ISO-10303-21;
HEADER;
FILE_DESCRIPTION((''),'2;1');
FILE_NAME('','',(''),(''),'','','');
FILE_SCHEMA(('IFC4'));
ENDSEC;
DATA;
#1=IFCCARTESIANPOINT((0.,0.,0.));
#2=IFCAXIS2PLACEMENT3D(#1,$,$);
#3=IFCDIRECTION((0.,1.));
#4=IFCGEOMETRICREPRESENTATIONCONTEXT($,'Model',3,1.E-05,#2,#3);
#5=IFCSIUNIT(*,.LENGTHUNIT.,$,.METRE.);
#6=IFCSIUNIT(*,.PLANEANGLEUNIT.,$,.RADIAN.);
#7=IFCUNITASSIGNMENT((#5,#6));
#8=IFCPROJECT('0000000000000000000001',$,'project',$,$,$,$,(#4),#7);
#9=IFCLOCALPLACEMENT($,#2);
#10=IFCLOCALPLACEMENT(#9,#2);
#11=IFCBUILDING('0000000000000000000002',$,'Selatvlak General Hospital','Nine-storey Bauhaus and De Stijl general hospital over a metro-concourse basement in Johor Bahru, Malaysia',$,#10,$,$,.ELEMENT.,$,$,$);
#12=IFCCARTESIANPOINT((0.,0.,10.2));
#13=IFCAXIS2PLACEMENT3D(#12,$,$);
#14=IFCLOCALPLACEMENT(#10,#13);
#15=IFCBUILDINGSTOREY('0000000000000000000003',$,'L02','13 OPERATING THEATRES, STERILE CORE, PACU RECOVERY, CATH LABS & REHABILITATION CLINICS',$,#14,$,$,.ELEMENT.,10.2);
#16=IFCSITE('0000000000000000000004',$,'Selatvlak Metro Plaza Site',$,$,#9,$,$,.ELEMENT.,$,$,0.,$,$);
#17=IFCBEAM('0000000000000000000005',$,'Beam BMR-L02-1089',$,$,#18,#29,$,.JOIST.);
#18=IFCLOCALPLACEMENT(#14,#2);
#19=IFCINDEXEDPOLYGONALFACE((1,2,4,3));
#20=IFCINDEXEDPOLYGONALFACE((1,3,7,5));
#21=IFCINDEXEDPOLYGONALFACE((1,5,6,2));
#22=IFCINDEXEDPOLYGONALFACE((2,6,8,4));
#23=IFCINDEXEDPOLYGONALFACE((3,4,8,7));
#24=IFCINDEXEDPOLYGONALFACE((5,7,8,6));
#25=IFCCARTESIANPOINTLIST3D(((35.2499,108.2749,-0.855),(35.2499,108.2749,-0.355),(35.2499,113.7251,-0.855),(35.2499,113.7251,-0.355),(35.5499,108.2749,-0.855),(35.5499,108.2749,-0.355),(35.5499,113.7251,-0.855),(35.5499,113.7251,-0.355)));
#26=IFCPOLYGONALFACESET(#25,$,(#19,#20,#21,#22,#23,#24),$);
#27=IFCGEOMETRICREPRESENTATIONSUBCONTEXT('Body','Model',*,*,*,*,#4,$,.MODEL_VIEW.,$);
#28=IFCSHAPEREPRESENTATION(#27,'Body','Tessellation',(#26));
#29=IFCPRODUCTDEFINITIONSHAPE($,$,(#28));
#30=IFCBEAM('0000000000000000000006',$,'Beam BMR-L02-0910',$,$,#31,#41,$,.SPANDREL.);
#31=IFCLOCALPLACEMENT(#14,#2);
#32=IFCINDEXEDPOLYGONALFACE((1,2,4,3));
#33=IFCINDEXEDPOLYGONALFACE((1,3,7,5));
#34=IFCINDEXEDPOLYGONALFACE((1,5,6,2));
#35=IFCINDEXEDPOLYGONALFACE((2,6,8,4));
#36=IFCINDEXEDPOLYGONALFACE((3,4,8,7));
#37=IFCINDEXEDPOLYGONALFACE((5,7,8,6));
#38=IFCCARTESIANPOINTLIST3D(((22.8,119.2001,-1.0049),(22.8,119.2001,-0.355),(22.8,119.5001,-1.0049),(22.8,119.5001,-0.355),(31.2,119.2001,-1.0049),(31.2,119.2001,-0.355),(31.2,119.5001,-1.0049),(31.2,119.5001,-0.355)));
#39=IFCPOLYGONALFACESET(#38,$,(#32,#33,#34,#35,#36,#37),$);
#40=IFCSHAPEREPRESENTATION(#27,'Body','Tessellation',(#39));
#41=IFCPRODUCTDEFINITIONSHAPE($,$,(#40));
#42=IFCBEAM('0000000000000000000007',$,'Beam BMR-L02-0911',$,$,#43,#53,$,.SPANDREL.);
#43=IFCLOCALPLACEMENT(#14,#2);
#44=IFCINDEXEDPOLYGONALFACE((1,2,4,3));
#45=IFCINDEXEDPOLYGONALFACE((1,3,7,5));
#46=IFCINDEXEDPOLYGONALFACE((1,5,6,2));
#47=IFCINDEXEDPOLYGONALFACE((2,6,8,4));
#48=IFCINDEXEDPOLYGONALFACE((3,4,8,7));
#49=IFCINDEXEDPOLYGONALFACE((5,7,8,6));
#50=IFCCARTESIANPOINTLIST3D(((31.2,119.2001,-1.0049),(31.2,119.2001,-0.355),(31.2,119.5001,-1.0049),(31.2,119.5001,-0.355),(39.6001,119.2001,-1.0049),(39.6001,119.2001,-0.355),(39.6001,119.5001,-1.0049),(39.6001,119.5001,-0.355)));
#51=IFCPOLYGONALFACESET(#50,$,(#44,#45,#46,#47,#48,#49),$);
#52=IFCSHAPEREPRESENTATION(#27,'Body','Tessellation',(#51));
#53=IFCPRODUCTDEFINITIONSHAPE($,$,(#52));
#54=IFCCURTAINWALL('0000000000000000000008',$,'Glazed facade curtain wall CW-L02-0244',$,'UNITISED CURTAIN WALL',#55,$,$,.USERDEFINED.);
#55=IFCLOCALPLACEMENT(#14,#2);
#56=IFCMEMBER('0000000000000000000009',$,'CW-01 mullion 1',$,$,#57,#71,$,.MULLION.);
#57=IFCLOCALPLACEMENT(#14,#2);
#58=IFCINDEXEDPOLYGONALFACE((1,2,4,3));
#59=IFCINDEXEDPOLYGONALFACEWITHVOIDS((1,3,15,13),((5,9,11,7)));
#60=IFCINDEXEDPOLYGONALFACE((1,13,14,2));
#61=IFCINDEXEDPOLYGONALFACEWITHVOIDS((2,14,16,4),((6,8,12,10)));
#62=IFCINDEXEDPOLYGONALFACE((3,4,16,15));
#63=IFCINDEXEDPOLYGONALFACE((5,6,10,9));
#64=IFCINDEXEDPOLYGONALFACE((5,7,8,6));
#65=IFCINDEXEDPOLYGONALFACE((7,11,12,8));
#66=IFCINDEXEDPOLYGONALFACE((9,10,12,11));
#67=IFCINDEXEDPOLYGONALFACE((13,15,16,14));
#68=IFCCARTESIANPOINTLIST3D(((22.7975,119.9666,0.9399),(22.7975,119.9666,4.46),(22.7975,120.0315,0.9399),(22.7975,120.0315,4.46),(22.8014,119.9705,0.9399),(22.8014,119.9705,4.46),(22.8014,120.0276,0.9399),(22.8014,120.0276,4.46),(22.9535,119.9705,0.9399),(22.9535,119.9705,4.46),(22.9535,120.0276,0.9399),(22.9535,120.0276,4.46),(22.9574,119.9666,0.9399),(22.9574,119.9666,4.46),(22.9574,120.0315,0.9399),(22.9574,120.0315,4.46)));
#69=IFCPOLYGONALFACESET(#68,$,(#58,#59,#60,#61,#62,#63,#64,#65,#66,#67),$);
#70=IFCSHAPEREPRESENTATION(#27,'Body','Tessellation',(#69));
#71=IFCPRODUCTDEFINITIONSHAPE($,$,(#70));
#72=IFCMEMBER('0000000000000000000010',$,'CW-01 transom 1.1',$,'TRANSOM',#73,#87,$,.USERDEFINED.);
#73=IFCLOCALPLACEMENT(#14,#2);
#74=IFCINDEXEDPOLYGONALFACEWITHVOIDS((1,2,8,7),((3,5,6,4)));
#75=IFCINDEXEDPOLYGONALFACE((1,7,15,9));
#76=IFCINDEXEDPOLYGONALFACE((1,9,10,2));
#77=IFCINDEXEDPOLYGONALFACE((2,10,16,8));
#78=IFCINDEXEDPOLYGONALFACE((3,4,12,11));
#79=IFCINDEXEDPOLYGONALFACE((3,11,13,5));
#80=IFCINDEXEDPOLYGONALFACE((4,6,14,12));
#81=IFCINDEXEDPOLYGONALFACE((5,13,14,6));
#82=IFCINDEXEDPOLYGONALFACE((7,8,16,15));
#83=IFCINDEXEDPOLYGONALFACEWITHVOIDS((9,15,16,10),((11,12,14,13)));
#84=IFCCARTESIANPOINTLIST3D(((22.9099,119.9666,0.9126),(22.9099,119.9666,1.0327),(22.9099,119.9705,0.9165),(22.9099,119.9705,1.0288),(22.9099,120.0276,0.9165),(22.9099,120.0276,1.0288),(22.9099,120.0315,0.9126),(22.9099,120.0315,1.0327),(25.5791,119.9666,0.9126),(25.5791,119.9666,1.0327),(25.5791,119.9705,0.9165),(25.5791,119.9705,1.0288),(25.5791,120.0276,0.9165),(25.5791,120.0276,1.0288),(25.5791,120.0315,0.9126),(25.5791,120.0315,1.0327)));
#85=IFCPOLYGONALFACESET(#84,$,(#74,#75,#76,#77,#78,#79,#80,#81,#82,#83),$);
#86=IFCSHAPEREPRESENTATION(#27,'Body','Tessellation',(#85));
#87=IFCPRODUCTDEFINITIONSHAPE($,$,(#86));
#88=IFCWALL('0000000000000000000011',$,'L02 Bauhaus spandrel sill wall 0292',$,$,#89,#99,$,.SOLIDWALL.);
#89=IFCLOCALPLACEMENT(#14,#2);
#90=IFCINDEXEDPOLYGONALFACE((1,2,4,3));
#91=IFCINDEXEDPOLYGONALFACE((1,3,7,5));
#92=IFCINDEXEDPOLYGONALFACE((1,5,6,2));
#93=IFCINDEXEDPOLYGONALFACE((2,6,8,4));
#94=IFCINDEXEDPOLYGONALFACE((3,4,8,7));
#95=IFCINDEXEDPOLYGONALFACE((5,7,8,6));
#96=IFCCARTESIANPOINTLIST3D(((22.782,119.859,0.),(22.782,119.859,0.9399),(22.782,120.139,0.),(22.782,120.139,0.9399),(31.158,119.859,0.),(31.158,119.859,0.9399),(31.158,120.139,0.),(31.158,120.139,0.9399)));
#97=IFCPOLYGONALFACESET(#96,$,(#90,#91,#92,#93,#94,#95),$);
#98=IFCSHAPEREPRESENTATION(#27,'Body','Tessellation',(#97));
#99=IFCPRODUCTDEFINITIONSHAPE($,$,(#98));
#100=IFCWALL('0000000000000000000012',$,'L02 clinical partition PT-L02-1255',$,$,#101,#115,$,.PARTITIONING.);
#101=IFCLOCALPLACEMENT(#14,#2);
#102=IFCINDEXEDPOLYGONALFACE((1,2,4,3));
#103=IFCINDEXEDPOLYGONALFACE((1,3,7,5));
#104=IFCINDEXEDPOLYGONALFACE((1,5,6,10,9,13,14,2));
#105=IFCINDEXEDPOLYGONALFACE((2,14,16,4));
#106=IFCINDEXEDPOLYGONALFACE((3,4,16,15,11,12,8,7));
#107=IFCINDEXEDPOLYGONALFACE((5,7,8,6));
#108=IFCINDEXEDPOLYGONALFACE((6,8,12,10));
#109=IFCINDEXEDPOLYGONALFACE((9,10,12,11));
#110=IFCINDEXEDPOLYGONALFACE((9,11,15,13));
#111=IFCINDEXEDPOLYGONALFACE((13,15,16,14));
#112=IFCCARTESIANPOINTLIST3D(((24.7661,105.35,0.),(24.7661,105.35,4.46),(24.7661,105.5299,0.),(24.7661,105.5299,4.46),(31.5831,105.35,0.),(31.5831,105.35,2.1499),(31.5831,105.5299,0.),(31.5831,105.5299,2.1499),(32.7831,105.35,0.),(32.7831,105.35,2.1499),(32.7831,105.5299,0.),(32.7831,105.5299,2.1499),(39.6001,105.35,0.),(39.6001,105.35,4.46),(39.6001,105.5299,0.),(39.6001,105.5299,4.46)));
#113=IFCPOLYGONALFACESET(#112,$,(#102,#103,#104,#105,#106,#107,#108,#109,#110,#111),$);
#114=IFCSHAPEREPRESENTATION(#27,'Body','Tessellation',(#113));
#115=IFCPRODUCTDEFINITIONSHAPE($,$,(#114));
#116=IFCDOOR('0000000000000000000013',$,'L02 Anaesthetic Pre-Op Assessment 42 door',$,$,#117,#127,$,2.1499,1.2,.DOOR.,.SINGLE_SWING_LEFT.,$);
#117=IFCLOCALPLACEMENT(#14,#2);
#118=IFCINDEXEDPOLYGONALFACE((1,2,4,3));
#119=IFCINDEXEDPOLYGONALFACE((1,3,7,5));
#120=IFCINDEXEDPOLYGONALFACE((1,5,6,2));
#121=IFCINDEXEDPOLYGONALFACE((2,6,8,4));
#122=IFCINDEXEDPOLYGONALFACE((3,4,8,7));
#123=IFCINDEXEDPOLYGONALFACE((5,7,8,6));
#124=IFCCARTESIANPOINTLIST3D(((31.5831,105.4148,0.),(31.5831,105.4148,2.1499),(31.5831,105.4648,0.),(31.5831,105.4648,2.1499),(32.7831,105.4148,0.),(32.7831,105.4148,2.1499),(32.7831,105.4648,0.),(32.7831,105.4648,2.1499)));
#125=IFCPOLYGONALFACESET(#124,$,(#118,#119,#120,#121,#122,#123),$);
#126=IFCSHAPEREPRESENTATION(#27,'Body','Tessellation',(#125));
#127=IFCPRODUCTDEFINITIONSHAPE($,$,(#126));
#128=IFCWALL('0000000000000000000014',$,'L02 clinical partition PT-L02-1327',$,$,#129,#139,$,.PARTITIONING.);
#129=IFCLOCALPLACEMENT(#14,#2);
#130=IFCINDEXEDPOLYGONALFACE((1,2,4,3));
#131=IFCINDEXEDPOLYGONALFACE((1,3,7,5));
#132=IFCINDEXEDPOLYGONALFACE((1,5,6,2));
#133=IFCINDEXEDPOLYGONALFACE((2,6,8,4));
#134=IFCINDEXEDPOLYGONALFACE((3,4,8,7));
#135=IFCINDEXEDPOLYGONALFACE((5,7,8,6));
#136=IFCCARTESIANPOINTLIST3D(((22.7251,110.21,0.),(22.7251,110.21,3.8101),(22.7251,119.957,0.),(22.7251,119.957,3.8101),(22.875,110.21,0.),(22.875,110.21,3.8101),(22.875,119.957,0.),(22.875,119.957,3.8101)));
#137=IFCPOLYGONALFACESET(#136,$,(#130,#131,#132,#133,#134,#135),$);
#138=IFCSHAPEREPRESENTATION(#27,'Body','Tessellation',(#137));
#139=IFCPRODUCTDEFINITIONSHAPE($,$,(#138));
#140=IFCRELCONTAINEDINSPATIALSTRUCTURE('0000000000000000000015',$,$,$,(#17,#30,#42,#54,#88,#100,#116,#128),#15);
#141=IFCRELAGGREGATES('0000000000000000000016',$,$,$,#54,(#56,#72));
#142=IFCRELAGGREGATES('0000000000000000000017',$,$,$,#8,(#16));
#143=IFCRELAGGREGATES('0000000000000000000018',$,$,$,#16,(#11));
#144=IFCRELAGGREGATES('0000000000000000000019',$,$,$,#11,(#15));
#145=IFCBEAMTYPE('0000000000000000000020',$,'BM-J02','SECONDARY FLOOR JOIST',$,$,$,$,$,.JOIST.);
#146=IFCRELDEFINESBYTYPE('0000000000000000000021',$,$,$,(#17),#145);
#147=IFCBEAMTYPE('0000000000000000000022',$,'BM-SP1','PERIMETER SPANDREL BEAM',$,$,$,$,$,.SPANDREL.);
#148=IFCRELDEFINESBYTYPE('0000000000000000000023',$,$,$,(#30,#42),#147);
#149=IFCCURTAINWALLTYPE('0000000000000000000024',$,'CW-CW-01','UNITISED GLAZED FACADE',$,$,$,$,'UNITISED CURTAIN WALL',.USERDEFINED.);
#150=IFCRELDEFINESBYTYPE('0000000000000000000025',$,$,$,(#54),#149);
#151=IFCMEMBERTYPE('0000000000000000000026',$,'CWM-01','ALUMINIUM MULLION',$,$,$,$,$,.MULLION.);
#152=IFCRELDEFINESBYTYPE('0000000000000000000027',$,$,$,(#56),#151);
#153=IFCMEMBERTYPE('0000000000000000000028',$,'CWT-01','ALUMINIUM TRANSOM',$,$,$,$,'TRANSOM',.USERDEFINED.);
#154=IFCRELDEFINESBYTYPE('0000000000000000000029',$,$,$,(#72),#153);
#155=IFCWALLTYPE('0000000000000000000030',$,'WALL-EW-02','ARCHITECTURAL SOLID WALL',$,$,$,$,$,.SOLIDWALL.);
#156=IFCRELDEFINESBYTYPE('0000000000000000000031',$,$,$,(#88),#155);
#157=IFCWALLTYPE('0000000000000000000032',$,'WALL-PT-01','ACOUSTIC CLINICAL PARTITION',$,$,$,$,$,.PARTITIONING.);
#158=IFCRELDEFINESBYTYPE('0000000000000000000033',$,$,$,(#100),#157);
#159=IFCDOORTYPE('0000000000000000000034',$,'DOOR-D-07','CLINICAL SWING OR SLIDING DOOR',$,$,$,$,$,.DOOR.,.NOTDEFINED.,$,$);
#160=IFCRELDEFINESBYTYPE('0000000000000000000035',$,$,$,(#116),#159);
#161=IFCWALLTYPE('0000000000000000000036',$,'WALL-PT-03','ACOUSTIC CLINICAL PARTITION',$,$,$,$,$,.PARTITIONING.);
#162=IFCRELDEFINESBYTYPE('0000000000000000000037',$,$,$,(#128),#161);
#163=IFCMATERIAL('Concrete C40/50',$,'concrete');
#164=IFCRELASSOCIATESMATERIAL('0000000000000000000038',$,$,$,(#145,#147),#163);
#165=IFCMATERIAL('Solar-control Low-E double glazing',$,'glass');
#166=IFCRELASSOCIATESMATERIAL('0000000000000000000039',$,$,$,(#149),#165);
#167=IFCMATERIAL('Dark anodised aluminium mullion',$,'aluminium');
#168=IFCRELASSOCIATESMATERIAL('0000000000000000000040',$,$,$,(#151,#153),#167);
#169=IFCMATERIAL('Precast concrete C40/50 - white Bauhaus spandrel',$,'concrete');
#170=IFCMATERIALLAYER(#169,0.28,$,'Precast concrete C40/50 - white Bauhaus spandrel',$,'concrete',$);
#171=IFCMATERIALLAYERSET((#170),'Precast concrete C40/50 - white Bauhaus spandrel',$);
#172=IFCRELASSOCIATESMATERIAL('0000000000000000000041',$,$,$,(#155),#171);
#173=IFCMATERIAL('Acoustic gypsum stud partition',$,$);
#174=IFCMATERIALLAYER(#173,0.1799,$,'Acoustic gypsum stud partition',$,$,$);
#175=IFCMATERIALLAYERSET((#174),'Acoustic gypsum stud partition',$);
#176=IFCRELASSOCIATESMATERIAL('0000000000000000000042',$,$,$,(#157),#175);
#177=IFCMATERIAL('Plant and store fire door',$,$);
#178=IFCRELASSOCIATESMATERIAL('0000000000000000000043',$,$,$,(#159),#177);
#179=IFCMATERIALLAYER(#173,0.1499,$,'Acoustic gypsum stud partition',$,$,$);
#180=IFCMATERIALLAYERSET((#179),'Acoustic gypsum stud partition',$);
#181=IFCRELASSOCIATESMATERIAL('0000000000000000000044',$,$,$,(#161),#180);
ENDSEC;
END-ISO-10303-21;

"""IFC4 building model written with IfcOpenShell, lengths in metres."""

from ifc_helpers import new_model, si_unit, direction, frame, frame_2d, origin, origin_2d, place, context, subcontext, project, spatial, rectangle, hollow_rectangle, extrude, material, layer, layer_set, material_profile, profile_set, type_object, element, fill, aggregate, save


model = new_model("IFC4")

# Units and contexts
model_context = context("Model", 3, precision=1e-05, world=origin(), true_north=direction((0.0, 1.0)))
body_context = subcontext(model_context, "Body", "Model", "MODEL_VIEW")
ifc_project = project(units=[si_unit("LENGTHUNIT", "METRE"), si_unit("PLANEANGLEUNIT", "RADIAN")], contexts=[model_context])

# Site, building, storey
site_placement = place(None, origin())
site = spatial("IfcSite", under=ifc_project, at=site_placement, Name="Selatvlak Metro Plaza Site", CompositionType="ELEMENT", RefElevation=0.0)
building_placement = place(site_placement, origin())
building = spatial("IfcBuilding", under=site, at=building_placement, Name="Selatvlak General Hospital", Description="Nine-storey Bauhaus and De Stijl general hospital over a metro-concourse basement in Johor Bahru, Malaysia", CompositionType="ELEMENT")
storey_placement = place(building_placement, frame((0.0, 0.0, 10.2)))
storey = spatial("IfcBuildingStorey", under=building, at=storey_placement, Name="L02", Description="13 OPERATING THEATRES, STERILE CORE, PACU RECOVERY, CATH LABS & REHABILITATION CLINICS", CompositionType="ELEMENT", Elevation=10.2)

# Shared definitions
ifc_material_1 = material(Name="Concrete C40/50", Category="concrete")

# Beams
ifc_material_profile_1 = material_profile(ifc_material_1, rectangle(XDim=0.3, YDim=0.5, at=origin_2d()), Name="RC-BM 300x500")
ifc_profile_set_1 = profile_set([ifc_material_profile_1], Name="Concrete C40/50")
beam_type_1 = type_object("IfcBeamType", Name="BM-J02", Description="SECONDARY FLOOR JOIST", PredefinedType="JOIST", material=ifc_profile_set_1)
beam_1_placement = place(storey_placement, frame((35.3999, 108.2749, -0.605), z_axis=(0.0, 1.0, 0.0), x_axis=(-1.0, 0.0, 0.0)))
element("IfcBeam", 1, at=beam_1_placement, inside=storey, type_object=beam_type_1, Name="Beam BMR-L02-1089", PredefinedType="JOIST", context=body_context, shape_type="SweptSolid", body=[
    extrude(rectangle(XDim=0.3, YDim=0.5, at=origin_2d()), origin(), (0.0, 0.0, 1.0), 5.4502),
])
ifc_material_profile_2 = material_profile(ifc_material_1, rectangle(XDim=0.3, YDim=0.6499, at=origin_2d()), Name="RC-SP 300x650")
ifc_profile_set_2 = profile_set([ifc_material_profile_2], Name="Concrete C40/50")
beam_type_2 = type_object("IfcBeamType", Name="BM-SP1", Description="PERIMETER SPANDREL BEAM", PredefinedType="SPANDREL", material=ifc_profile_set_2)
beam_2_placement = place(storey_placement, frame((22.8, 119.3501, -0.6799), z_axis=(1.0, 0.0, 0.0), x_axis=(0.0, 1.0, 0.0)))
element("IfcBeam", 2, at=beam_2_placement, inside=storey, type_object=beam_type_2, Name="Beam BMR-L02-0910", PredefinedType="SPANDREL", context=body_context, shape_type="SweptSolid", body=[
    extrude(rectangle(XDim=0.3, YDim=0.6499, at=origin_2d()), origin(), (0.0, 0.0, 1.0), 8.3999),
])
beam_3_placement = place(storey_placement, frame((31.2, 119.3501, -0.6799), z_axis=(1.0, 0.0, 0.0), x_axis=(0.0, 1.0, 0.0)))
element("IfcBeam", 3, at=beam_3_placement, inside=storey, type_object=beam_type_2, Name="Beam BMR-L02-0911", PredefinedType="SPANDREL", context=body_context, shape_type="SweptSolid", body=[
    extrude(rectangle(XDim=0.3, YDim=0.6499, at=origin_2d()), origin(), (0.0, 0.0, 1.0), 8.4001),
])

# Curtain wall, members
ifc_material_2 = material(Name="Solar-control Low-E double glazing", Category="glass")
curtain_wall_type = type_object("IfcCurtainWallType", Name="CW-CW-01", Description="UNITISED GLAZED FACADE", ElementType="UNITISED CURTAIN WALL", PredefinedType="USERDEFINED", material=ifc_material_2)
curtain_wall_placement = place(storey_placement, origin())
curtain_wall = element("IfcCurtainWall", 4, at=curtain_wall_placement, inside=storey, type_object=curtain_wall_type, Name="Glazed facade curtain wall CW-L02-0244", ObjectType="UNITISED CURTAIN WALL", PredefinedType="USERDEFINED")
ifc_material_3 = material(Name="Dark anodised aluminium mullion", Category="aluminium")
ifc_material_profile_3 = material_profile(ifc_material_3, hollow_rectangle(XDim=0.0649, YDim=0.1599, WallThickness=0.0039, at=origin_2d()), Name="AL-MUL 65x160x4")
ifc_profile_set_3 = profile_set([ifc_material_profile_3], Name="Dark anodised aluminium mullion")
member_type_1 = type_object("IfcMemberType", Name="CWM-01", Description="ALUMINIUM MULLION", PredefinedType="MULLION", material=ifc_profile_set_3)
member_1_placement = place(storey_placement, frame((22.8774, 119.999, 0.9399), z_axis=(0.0, 0.0, 1.0), x_axis=(0.0, 1.0, 0.0)))
member_1 = element("IfcMember", 5, at=member_1_placement, type_object=member_type_1, Name="CW-01 mullion 1", PredefinedType="MULLION", context=body_context, shape_type="SweptSolid", body=[
    extrude(hollow_rectangle(XDim=0.0649, YDim=0.1599, WallThickness=0.0039, at=origin_2d()), origin(), (0.0, 0.0, 1.0), 3.52),
])
ifc_material_profile_4 = material_profile(ifc_material_3, hollow_rectangle(XDim=0.0649, YDim=0.1201, WallThickness=0.0039, at=origin_2d()), Name="AL-TRN 65x120x4")
ifc_profile_set_4 = profile_set([ifc_material_profile_4], Name="Dark anodised aluminium mullion")
member_type_2 = type_object("IfcMemberType", Name="CWT-01", Description="ALUMINIUM TRANSOM", ElementType="TRANSOM", PredefinedType="USERDEFINED", material=ifc_profile_set_4)
member_2_placement = place(storey_placement, frame((22.9099, 119.999, 0.9727), z_axis=(1.0, 0.0, 0.0), x_axis=(0.0, 1.0, 0.0)))
member_2 = element("IfcMember", 6, at=member_2_placement, type_object=member_type_2, Name="CW-01 transom 1.1", ObjectType="TRANSOM", PredefinedType="USERDEFINED", context=body_context, shape_type="SweptSolid", body=[
    extrude(hollow_rectangle(XDim=0.0649, YDim=0.1201, WallThickness=0.0039, at=origin_2d()), origin(), (0.0, 0.0, 1.0), 2.6692),
])
aggregate(curtain_wall, [member_1, member_2])

# Wall
ifc_material_4 = material(Name="Precast concrete C40/50 - white Bauhaus spandrel", Category="concrete")
ifc_layer_1 = layer(ifc_material_4, 0.28, Name="Precast concrete C40/50 - white Bauhaus spandrel", Category="concrete")
ifc_layer_set_1 = layer_set([ifc_layer_1], Name="Precast concrete C40/50 - white Bauhaus spandrel")
wall_type_1 = type_object("IfcWallType", Name="WALL-EW-02", Description="ARCHITECTURAL SOLID WALL", PredefinedType="SOLIDWALL", material=ifc_layer_set_1)
wall_1_placement = place(storey_placement, frame((22.782, 119.999, 0.0), z_axis=(0.0, 0.0, 1.0), x_axis=(1.0, 0.0, 0.0)))
element("IfcWall", 7, at=wall_1_placement, inside=storey, type_object=wall_type_1, Name="L02 Bauhaus spandrel sill wall 0292", PredefinedType="SOLIDWALL", context=body_context, shape_type="SweptSolid", body=[
    extrude(rectangle(XDim=8.376, YDim=0.28, at=frame_2d((4.188, 0.0))), origin(), (0.0, 0.0, 1.0), 0.9399),
])

# Wall, opening, door
ifc_material_5 = material(Name="Acoustic gypsum stud partition")
ifc_layer_2 = layer(ifc_material_5, 0.1799, Name="Acoustic gypsum stud partition")
ifc_layer_set_2 = layer_set([ifc_layer_2], Name="Acoustic gypsum stud partition")
wall_type_2 = type_object("IfcWallType", Name="WALL-PT-01", Description="ACOUSTIC CLINICAL PARTITION", PredefinedType="PARTITIONING", material=ifc_layer_set_2)
wall_2_placement = place(storey_placement, frame((24.7661, 105.4399, 0.0), z_axis=(0.0, 0.0, 1.0), x_axis=(1.0, 0.0, 0.0)))
wall_2 = element("IfcWall", 8, at=wall_2_placement, inside=storey, type_object=wall_type_2, Name="L02 clinical partition PT-L02-1255", PredefinedType="PARTITIONING", context=body_context, shape_type="SweptSolid", body=[
    extrude(rectangle(XDim=14.834, YDim=0.1799, at=frame_2d((7.417, 0.0))), origin(), (0.0, 0.0, 1.0), 4.46),
])
opening_placement = place(wall_2_placement, frame((6.8169, 0.0, 0.0)))
opening = element("IfcOpeningElement", 9, at=opening_placement, cuts=wall_2, PredefinedType="OPENING", context=body_context, shape_type="SweptSolid", body=[
    extrude(rectangle(XDim=1.2, YDim=2.1499, at=frame_2d((0.6001, 1.075))), frame((0.0, 0.0999, 0.0), z_axis=(0.0, -1.0, 0.0), x_axis=(1.0, 0.0, 0.0)), (0.0, 0.0, 1.0), 0.2),
])
ifc_material_6 = material(Name="Plant and store fire door")
door_type = type_object("IfcDoorType", Name="DOOR-D-07", Description="CLINICAL SWING OR SLIDING DOOR", OperationType="NOTDEFINED", PredefinedType="DOOR", material=ifc_material_6)
door_placement = place(opening_placement, origin())
door = element("IfcDoor", 10, at=door_placement, inside=storey, type_object=door_type, Name="L02 Anaesthetic Pre-Op Assessment 42 door", OperationType="SINGLE_SWING_LEFT", OverallHeight=2.1499, OverallWidth=1.2, PredefinedType="DOOR", context=body_context, shape_type="SweptSolid", body=[
    extrude(rectangle(XDim=1.2, YDim=2.1499, at=frame_2d((0.6001, 1.075))), frame((0.0, 0.0249, 0.0), z_axis=(0.0, -1.0, 0.0), x_axis=(1.0, 0.0, 0.0)), (0.0, 0.0, 1.0), 0.05),
])
fill(opening, door)

# Wall
ifc_layer_3 = layer(ifc_material_5, 0.1499, Name="Acoustic gypsum stud partition")
ifc_layer_set_3 = layer_set([ifc_layer_3], Name="Acoustic gypsum stud partition")
wall_type_3 = type_object("IfcWallType", Name="WALL-PT-03", Description="ACOUSTIC CLINICAL PARTITION", PredefinedType="PARTITIONING", material=ifc_layer_set_3)
wall_3_placement = place(storey_placement, frame((22.8, 119.957, 0.0), z_axis=(0.0, 0.0, 1.0), x_axis=(0.0, -1.0, 0.0)))
element("IfcWall", 11, at=wall_3_placement, inside=storey, type_object=wall_type_3, Name="L02 clinical partition PT-L02-1327", PredefinedType="PARTITIONING", context=body_context, shape_type="SweptSolid", body=[
    extrude(rectangle(XDim=9.7471, YDim=0.1499, at=frame_2d((4.8735, 0.0))), origin(), (0.0, 0.0, 1.0), 3.8101),
])

save(model, "model.ifc")
